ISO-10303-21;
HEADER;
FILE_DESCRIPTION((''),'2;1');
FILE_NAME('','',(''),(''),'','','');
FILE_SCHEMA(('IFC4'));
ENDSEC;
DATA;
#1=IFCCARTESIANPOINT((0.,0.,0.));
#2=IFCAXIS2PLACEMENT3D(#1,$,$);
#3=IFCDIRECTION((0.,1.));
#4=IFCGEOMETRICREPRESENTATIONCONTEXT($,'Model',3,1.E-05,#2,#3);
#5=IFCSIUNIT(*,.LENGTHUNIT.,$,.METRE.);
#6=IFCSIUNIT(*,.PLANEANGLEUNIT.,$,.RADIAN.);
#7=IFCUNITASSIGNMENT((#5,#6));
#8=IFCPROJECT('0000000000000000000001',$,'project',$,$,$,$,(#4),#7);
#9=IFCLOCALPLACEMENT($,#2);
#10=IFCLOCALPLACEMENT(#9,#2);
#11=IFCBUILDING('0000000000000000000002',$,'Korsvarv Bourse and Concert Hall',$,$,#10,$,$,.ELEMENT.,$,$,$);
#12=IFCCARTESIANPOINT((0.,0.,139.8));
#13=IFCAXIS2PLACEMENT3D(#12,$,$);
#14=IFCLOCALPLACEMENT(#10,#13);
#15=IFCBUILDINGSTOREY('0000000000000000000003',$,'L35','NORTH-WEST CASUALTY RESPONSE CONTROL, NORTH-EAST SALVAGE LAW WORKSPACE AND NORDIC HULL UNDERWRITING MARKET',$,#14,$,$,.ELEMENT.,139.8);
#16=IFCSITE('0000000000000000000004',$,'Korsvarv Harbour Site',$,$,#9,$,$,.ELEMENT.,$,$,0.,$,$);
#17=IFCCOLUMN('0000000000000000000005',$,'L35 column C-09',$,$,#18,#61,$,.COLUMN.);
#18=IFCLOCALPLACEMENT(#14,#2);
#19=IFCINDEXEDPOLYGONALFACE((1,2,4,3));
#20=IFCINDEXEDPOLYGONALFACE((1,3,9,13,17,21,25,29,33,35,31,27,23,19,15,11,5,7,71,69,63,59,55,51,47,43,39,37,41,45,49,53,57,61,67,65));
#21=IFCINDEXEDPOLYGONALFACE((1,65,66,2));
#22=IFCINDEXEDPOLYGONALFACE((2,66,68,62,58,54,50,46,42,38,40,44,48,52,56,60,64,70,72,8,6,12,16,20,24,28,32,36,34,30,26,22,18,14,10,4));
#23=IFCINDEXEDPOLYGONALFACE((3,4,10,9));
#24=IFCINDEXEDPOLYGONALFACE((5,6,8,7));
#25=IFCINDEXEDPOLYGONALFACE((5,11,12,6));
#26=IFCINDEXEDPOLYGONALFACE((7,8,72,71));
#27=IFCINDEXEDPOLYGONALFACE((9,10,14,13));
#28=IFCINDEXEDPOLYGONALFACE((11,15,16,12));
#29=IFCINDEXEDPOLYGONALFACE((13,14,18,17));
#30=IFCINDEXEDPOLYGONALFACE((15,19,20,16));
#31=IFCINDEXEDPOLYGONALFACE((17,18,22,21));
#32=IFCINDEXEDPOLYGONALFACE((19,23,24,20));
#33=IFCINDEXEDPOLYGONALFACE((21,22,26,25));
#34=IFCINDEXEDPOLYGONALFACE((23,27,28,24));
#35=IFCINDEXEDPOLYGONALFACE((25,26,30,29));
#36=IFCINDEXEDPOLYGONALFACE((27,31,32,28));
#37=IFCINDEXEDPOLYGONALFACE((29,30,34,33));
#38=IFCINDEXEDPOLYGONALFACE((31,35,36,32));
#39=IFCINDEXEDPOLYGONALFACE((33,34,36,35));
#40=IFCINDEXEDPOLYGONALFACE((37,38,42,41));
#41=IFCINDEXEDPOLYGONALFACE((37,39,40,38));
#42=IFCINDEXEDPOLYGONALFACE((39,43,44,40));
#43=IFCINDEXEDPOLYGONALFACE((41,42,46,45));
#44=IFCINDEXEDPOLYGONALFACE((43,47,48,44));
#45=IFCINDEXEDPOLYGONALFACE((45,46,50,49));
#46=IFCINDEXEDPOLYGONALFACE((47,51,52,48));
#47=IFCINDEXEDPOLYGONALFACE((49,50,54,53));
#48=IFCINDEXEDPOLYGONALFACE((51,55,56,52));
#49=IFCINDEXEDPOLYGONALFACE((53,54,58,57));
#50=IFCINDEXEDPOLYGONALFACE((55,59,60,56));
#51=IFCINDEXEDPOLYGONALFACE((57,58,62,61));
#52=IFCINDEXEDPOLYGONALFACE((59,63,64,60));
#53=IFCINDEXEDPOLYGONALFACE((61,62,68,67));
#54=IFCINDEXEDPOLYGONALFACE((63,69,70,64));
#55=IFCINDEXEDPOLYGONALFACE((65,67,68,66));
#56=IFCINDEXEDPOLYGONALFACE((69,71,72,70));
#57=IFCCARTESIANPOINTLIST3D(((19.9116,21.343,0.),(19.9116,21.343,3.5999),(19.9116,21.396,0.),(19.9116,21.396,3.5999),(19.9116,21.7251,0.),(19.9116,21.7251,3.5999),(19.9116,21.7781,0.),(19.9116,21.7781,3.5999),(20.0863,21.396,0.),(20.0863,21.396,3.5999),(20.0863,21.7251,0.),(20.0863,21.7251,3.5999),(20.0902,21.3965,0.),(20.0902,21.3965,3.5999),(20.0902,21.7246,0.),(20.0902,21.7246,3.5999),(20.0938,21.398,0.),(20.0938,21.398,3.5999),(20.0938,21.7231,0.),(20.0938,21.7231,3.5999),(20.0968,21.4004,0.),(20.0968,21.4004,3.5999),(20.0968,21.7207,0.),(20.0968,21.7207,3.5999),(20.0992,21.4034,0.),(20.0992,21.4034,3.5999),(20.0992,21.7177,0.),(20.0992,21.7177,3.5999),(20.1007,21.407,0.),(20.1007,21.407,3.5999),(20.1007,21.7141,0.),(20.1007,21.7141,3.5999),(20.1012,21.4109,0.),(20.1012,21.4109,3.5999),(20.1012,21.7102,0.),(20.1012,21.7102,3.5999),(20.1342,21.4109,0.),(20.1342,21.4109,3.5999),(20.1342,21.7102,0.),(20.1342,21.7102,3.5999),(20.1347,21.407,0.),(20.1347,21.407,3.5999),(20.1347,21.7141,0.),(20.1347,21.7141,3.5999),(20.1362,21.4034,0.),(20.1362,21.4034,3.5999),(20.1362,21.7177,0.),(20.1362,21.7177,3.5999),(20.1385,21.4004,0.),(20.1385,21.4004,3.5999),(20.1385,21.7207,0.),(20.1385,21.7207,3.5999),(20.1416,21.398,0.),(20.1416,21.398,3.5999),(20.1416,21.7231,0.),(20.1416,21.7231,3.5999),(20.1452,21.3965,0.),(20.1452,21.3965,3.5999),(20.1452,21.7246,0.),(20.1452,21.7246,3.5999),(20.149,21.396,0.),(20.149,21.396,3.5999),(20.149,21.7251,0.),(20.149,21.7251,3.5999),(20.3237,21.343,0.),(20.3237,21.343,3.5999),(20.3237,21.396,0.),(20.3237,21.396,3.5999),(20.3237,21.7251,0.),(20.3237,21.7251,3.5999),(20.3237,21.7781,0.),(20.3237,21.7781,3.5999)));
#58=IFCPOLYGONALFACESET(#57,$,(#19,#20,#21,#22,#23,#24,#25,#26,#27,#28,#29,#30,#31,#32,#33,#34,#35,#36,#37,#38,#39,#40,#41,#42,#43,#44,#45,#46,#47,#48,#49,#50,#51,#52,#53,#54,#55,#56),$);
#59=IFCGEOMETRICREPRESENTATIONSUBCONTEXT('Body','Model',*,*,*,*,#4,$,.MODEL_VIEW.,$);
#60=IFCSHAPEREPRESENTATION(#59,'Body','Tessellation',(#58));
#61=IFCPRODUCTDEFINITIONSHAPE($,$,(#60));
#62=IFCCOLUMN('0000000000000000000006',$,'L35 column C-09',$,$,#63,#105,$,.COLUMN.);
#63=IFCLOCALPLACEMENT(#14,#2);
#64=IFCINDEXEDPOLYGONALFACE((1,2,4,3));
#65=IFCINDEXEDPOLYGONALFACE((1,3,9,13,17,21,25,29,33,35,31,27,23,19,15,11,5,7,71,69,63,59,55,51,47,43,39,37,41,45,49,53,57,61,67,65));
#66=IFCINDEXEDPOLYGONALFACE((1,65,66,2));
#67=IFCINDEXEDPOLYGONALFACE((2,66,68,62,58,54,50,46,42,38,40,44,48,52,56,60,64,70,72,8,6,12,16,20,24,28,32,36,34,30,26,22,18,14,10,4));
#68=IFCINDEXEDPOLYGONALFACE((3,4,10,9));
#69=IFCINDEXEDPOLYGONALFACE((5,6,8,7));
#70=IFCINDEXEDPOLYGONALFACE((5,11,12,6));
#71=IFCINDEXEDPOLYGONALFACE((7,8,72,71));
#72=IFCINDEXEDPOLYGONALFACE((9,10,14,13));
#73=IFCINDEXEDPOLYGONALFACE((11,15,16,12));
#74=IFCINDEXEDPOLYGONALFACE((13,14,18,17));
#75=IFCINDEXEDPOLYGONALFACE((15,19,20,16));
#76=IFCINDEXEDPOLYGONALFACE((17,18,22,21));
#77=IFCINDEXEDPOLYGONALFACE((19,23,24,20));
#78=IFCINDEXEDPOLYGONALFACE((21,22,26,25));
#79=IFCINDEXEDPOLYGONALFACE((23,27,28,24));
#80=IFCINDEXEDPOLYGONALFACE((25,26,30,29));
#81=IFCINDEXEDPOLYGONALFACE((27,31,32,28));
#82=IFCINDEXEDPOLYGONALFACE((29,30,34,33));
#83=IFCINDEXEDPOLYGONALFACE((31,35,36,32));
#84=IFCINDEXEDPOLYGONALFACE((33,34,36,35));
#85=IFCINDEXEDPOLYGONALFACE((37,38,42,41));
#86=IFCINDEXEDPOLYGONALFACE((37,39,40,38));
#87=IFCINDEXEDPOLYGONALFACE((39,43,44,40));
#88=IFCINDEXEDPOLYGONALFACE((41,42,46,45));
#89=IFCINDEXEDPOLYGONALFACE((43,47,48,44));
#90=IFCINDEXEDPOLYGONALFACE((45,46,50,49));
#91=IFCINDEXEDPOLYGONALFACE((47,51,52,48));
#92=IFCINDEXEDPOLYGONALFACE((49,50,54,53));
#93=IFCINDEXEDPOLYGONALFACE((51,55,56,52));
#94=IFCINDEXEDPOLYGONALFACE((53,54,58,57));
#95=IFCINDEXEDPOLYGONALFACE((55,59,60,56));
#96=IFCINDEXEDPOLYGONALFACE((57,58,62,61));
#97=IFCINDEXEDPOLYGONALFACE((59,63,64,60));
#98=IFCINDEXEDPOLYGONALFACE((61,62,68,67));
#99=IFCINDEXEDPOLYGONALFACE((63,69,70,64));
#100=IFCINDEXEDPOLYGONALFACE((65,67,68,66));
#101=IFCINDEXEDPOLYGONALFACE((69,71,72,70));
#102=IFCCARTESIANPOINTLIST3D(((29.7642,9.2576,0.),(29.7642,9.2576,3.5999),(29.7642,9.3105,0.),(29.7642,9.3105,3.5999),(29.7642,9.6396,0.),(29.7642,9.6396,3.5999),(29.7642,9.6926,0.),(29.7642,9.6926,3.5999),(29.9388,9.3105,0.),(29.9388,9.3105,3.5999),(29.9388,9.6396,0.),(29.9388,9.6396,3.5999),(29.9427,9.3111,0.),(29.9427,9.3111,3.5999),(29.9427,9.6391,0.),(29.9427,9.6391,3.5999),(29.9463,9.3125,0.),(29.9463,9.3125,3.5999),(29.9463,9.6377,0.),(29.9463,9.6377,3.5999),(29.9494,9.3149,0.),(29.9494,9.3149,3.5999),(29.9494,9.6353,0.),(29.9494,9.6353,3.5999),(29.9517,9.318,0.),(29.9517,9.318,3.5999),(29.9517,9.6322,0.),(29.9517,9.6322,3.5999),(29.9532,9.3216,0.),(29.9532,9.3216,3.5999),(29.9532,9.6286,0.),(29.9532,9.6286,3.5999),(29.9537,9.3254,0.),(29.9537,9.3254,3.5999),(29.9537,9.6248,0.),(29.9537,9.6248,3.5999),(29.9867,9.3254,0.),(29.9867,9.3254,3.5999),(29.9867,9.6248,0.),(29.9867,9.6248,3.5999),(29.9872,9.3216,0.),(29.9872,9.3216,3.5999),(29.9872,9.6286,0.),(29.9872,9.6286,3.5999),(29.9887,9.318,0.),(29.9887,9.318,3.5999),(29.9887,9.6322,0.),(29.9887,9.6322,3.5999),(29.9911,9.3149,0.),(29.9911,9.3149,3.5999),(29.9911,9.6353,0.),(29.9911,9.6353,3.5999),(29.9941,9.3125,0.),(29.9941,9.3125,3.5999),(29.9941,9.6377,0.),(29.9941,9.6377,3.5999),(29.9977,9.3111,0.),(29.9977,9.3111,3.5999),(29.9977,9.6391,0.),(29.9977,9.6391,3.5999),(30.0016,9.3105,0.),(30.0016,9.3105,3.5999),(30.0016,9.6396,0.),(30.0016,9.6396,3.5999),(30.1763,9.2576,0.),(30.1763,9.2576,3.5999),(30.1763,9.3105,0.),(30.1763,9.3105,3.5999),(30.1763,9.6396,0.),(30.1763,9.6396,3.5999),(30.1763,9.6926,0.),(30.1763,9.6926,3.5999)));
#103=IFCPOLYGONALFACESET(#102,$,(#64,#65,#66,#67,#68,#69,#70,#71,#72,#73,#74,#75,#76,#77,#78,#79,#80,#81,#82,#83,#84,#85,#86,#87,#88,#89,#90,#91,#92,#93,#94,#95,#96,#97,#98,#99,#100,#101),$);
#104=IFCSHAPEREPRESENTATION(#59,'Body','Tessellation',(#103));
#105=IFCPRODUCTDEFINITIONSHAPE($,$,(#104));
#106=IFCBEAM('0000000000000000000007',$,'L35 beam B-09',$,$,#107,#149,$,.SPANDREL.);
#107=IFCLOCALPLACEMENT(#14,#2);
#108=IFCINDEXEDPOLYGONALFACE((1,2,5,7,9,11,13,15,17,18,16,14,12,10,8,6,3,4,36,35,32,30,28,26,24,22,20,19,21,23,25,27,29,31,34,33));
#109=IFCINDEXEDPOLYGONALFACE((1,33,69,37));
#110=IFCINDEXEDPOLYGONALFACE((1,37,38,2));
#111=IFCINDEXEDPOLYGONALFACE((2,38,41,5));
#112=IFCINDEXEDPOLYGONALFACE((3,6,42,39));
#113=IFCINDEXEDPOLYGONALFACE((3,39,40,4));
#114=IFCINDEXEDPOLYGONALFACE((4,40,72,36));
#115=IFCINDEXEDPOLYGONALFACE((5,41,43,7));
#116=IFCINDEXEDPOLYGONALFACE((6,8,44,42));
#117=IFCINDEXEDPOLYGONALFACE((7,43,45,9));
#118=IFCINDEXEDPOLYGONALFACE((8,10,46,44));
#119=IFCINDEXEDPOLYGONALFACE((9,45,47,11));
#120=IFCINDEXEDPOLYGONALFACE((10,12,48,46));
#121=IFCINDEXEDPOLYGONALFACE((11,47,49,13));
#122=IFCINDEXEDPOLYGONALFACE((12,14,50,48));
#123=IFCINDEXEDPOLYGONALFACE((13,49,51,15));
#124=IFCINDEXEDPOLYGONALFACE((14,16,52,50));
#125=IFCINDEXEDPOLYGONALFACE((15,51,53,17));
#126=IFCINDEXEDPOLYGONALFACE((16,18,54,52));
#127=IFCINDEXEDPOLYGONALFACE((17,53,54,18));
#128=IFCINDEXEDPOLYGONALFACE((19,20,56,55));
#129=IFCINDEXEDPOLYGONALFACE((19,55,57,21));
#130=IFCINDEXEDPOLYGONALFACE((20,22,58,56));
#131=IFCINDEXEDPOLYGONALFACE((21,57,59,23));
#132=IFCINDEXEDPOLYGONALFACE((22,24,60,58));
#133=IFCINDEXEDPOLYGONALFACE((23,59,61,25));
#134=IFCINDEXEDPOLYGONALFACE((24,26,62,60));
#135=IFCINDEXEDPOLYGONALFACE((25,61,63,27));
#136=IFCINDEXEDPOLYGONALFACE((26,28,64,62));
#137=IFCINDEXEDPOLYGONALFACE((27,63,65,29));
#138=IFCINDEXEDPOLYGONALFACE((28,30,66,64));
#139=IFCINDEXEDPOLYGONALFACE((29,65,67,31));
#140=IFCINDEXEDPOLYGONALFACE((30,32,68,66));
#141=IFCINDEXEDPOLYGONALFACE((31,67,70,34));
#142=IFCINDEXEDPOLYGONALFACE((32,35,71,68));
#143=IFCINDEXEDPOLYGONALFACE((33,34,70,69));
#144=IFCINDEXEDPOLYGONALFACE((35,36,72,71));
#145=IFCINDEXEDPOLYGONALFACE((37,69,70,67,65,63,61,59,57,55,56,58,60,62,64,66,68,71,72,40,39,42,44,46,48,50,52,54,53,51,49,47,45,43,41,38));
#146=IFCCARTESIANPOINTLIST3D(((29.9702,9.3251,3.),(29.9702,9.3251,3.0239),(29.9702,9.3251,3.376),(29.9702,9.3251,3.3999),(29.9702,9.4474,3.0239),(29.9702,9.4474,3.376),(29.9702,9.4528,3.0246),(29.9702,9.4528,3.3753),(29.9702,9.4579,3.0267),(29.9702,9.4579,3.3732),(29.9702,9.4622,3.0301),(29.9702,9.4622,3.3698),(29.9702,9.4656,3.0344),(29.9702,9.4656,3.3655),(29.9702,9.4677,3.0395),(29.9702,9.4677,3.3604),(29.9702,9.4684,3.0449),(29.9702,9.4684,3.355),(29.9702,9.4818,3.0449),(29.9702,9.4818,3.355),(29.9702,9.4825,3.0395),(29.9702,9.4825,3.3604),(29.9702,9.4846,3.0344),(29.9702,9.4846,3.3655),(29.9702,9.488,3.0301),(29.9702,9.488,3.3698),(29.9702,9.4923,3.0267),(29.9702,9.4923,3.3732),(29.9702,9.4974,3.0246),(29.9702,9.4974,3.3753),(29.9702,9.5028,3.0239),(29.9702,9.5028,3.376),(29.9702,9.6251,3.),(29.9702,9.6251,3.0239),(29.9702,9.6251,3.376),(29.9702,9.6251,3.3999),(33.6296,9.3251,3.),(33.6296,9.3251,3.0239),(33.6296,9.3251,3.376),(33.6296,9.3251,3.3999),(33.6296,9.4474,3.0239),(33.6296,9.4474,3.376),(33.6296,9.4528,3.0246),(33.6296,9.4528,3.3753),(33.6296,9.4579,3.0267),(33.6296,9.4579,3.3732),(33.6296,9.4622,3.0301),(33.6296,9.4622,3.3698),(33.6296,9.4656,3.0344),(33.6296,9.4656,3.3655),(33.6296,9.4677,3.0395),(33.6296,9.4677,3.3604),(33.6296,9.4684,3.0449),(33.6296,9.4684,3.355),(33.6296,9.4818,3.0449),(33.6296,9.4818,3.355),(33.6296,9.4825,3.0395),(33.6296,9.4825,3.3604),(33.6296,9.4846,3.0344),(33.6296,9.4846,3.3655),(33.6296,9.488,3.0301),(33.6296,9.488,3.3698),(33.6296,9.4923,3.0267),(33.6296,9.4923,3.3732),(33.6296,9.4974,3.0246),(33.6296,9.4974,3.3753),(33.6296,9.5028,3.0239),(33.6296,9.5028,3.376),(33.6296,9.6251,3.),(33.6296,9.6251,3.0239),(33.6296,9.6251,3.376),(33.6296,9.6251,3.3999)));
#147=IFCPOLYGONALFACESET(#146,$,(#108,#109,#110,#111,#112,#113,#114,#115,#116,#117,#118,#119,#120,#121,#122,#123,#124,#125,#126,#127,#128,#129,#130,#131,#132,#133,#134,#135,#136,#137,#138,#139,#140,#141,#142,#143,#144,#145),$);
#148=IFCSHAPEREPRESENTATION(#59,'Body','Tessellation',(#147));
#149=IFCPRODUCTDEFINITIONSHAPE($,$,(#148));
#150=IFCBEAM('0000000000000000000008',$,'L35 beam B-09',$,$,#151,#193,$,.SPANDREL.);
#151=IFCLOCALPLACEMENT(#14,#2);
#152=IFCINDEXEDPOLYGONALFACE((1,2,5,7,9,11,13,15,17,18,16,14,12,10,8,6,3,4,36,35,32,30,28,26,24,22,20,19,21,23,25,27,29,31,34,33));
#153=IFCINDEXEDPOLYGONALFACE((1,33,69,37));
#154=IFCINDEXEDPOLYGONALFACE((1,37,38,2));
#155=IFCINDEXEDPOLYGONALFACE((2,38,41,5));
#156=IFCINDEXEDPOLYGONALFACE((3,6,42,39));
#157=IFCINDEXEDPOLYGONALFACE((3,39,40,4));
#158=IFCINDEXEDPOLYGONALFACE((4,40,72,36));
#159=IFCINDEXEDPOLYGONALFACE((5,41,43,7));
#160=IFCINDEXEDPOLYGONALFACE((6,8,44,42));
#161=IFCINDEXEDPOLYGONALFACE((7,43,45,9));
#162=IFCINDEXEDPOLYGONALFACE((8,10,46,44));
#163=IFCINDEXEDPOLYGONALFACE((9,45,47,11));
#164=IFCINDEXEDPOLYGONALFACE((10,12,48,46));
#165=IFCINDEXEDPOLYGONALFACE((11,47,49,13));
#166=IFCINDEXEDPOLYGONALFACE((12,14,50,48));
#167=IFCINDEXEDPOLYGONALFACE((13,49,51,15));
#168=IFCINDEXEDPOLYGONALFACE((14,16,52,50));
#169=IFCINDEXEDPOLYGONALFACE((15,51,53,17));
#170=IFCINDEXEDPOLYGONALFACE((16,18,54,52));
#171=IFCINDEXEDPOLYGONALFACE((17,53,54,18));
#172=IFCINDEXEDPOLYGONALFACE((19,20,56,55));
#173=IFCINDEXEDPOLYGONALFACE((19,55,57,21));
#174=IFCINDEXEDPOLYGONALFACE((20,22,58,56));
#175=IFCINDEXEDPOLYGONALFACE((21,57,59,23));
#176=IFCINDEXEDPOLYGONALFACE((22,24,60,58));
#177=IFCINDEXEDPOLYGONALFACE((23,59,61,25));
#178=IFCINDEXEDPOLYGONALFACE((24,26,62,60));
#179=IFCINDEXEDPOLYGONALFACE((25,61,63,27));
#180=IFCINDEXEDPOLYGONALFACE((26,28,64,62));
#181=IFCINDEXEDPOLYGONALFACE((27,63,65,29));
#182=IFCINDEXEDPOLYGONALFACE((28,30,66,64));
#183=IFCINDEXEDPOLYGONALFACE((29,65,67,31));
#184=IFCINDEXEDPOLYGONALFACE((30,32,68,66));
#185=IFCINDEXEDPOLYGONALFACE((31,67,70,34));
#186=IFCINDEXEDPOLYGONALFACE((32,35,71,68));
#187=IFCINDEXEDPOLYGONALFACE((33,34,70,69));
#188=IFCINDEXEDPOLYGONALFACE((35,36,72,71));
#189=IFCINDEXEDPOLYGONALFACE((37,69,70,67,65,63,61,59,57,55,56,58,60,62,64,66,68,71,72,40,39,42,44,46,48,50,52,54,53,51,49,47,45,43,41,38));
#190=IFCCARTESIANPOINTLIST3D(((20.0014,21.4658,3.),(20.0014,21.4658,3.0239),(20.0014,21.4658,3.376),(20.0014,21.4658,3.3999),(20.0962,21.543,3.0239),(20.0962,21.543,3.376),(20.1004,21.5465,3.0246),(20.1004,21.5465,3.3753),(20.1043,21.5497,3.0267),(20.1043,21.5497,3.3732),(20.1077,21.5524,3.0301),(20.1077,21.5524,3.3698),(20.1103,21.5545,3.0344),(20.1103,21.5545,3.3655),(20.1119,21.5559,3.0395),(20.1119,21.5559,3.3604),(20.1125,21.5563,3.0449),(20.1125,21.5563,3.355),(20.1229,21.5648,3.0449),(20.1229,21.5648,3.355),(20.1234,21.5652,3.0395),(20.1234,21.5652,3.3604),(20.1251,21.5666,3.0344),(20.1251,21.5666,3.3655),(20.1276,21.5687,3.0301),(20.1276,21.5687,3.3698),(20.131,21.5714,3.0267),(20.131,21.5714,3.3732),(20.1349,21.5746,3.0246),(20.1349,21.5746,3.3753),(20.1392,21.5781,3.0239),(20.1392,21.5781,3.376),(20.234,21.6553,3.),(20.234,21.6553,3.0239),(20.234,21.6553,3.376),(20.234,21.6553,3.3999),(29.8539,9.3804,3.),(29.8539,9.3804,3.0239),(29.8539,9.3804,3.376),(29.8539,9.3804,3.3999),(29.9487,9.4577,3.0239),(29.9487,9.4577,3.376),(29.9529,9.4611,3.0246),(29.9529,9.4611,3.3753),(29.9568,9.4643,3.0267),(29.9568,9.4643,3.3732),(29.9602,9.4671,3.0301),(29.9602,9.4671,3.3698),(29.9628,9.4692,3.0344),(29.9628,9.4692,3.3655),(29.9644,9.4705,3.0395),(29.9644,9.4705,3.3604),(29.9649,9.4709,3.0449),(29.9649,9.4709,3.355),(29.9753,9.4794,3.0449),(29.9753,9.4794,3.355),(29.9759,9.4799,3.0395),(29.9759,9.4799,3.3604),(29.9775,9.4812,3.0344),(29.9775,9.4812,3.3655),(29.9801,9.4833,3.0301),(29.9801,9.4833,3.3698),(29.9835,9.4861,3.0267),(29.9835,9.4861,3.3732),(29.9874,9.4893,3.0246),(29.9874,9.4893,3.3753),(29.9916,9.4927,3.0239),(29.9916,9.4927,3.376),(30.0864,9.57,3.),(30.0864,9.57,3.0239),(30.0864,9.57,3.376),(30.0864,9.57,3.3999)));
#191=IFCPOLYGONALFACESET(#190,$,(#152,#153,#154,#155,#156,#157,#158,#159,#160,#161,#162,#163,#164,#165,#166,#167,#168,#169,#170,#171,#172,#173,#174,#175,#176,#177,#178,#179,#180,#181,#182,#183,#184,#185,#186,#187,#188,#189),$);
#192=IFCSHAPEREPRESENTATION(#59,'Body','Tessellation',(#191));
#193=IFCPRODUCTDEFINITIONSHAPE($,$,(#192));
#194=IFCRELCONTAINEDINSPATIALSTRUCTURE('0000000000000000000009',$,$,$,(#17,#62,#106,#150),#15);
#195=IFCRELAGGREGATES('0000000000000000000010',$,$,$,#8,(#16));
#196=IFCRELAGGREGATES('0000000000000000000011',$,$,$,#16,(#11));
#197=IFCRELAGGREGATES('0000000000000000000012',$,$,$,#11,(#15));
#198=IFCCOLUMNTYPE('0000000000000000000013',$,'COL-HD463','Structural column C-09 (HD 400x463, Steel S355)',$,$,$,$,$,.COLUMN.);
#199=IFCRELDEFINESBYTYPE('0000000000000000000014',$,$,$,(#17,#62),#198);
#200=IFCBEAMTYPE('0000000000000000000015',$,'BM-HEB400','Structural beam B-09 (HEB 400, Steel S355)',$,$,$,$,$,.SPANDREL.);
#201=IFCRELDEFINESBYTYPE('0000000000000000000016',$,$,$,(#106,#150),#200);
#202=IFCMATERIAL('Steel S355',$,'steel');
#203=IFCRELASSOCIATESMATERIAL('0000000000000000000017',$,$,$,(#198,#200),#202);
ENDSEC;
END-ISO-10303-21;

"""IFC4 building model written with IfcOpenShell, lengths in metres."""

from ifc_helpers import new_model, si_unit, direction, frame, origin, origin_2d, place, context, subcontext, project, spatial, i_section, extrude, source, transform, mapped, material, material_profile, profile_set, type_object, element, save


model = new_model("IFC4")

# Units and contexts
model_context = context("Model", 3, precision=1e-05, world=origin(), true_north=direction((0.0, 1.0)))
body_context = subcontext(model_context, "Body", "Model", "MODEL_VIEW")
ifc_project = project(units=[si_unit("LENGTHUNIT", "METRE"), si_unit("PLANEANGLEUNIT", "RADIAN")], contexts=[model_context])

# Site, building, storey
site_placement = place(None, origin())
site = spatial("IfcSite", under=ifc_project, at=site_placement, Name="Korsvarv Harbour Site", CompositionType="ELEMENT", RefElevation=0.0)
building_placement = place(site_placement, origin())
building = spatial("IfcBuilding", under=site, at=building_placement, Name="Korsvarv Bourse and Concert Hall", CompositionType="ELEMENT")
storey_placement = place(building_placement, frame((0.0, 0.0, 139.8)))
storey = spatial("IfcBuildingStorey", under=building, at=storey_placement, Name="L35", Description="NORTH-WEST CASUALTY RESPONSE CONTROL, NORTH-EAST SALVAGE LAW WORKSPACE AND NORDIC HULL UNDERWRITING MARKET", CompositionType="ELEMENT", Elevation=139.8)

# Columns
ifc_material_1 = material(Name="Steel S355", Category="steel")
ifc_material_profile_1 = material_profile(ifc_material_1, i_section(OverallWidth=0.4121, OverallDepth=0.4351, WebThickness=0.033, FlangeThickness=0.053, FilletRadius=0.0149, at=origin_2d()), Name="HD 400x463")
ifc_profile_set_1 = profile_set([ifc_material_profile_1], Name="Steel S355")
column_type = type_object("IfcColumnType", Name="COL-HD463", Description="Structural column C-09 (HD 400x463, Steel S355)", PredefinedType="COLUMN", material=ifc_profile_set_1)
shared_shape_1 = source(origin(), body_context, "Body", "SweptSolid", [
    extrude(i_section(OverallWidth=0.4121, OverallDepth=0.4351, WebThickness=0.033, FlangeThickness=0.053, FilletRadius=0.0149, at=origin_2d()), origin(), (0.0, 0.0, 1.0), 3.5999),
])
for number, where, z_axis, x_axis, name in (
    (1, (20.1177, 21.5605, 0.0), (0.0, 0.0, 1.0), (1.0, 0.0, 0.0), "L35 column C-09"),
    (2, (29.9702, 9.4751, 0.0), (0.0, 0.0, 1.0), (1.0, 0.0, 0.0), "L35 column C-09"),
):
    element("IfcColumn", number, at=place(storey_placement, frame(where, z_axis=z_axis, x_axis=x_axis)), inside=storey, type_object=column_type, Name=name, PredefinedType="COLUMN", context=body_context, shape_type="MappedRepresentation", body=[
        mapped(shared_shape_1, transform((0.0, 0.0, 0.0), scale=1.0)),
    ])

# Beams
ifc_material_profile_2 = material_profile(ifc_material_1, i_section(OverallWidth=0.3, OverallDepth=0.3999, WebThickness=0.0134, FlangeThickness=0.0239, FilletRadius=0.021, at=origin_2d()), Name="HEB 400")
ifc_profile_set_2 = profile_set([ifc_material_profile_2], Name="Steel S355")
beam_type_1 = type_object("IfcBeamType", Name="BM-HEB400", Description="Structural beam B-09 (HEB 400, Steel S355)", PredefinedType="SPANDREL", material=ifc_profile_set_2)
shared_shape_2 = source(origin(), body_context, "Body", "SweptSolid", [
    extrude(i_section(OverallWidth=0.3, OverallDepth=0.3999, WebThickness=0.0134, FlangeThickness=0.0239, FilletRadius=0.021, at=origin_2d()), origin(), (0.0, 0.0, 1.0), 3.6594),
])
beam_1_placement = place(storey_placement, frame((29.9702, 9.4751, 3.2), z_axis=(1.0, 0.0, 0.0), x_axis=(0.0, 1.0, 0.0)))
element("IfcBeam", 3, at=beam_1_placement, inside=storey, type_object=beam_type_1, Name="L35 beam B-09", PredefinedType="SPANDREL", context=body_context, shape_type="MappedRepresentation", body=[
    mapped(shared_shape_2, transform((0.0, 0.0, 0.0), scale=1.0)),
])
shared_shape_3 = source(origin(), body_context, "Body", "SweptSolid", [
    extrude(i_section(OverallWidth=0.3, OverallDepth=0.3999, WebThickness=0.0134, FlangeThickness=0.0239, FilletRadius=0.021, at=origin_2d()), origin(), (0.0, 0.0, 1.0), 15.5925),
])
beam_2_placement = place(storey_placement, frame((20.1177, 21.5605, 3.2), z_axis=(0.631871, -0.775074, 0.0), x_axis=(0.775074, 0.631871, 0.0)))
element("IfcBeam", 4, at=beam_2_placement, inside=storey, type_object=beam_type_1, Name="L35 beam B-09", PredefinedType="SPANDREL", context=body_context, shape_type="MappedRepresentation", body=[
    mapped(shared_shape_3, transform((0.0, 0.0, 0.0), scale=1.0)),
])

save(model, "model.ifc")
